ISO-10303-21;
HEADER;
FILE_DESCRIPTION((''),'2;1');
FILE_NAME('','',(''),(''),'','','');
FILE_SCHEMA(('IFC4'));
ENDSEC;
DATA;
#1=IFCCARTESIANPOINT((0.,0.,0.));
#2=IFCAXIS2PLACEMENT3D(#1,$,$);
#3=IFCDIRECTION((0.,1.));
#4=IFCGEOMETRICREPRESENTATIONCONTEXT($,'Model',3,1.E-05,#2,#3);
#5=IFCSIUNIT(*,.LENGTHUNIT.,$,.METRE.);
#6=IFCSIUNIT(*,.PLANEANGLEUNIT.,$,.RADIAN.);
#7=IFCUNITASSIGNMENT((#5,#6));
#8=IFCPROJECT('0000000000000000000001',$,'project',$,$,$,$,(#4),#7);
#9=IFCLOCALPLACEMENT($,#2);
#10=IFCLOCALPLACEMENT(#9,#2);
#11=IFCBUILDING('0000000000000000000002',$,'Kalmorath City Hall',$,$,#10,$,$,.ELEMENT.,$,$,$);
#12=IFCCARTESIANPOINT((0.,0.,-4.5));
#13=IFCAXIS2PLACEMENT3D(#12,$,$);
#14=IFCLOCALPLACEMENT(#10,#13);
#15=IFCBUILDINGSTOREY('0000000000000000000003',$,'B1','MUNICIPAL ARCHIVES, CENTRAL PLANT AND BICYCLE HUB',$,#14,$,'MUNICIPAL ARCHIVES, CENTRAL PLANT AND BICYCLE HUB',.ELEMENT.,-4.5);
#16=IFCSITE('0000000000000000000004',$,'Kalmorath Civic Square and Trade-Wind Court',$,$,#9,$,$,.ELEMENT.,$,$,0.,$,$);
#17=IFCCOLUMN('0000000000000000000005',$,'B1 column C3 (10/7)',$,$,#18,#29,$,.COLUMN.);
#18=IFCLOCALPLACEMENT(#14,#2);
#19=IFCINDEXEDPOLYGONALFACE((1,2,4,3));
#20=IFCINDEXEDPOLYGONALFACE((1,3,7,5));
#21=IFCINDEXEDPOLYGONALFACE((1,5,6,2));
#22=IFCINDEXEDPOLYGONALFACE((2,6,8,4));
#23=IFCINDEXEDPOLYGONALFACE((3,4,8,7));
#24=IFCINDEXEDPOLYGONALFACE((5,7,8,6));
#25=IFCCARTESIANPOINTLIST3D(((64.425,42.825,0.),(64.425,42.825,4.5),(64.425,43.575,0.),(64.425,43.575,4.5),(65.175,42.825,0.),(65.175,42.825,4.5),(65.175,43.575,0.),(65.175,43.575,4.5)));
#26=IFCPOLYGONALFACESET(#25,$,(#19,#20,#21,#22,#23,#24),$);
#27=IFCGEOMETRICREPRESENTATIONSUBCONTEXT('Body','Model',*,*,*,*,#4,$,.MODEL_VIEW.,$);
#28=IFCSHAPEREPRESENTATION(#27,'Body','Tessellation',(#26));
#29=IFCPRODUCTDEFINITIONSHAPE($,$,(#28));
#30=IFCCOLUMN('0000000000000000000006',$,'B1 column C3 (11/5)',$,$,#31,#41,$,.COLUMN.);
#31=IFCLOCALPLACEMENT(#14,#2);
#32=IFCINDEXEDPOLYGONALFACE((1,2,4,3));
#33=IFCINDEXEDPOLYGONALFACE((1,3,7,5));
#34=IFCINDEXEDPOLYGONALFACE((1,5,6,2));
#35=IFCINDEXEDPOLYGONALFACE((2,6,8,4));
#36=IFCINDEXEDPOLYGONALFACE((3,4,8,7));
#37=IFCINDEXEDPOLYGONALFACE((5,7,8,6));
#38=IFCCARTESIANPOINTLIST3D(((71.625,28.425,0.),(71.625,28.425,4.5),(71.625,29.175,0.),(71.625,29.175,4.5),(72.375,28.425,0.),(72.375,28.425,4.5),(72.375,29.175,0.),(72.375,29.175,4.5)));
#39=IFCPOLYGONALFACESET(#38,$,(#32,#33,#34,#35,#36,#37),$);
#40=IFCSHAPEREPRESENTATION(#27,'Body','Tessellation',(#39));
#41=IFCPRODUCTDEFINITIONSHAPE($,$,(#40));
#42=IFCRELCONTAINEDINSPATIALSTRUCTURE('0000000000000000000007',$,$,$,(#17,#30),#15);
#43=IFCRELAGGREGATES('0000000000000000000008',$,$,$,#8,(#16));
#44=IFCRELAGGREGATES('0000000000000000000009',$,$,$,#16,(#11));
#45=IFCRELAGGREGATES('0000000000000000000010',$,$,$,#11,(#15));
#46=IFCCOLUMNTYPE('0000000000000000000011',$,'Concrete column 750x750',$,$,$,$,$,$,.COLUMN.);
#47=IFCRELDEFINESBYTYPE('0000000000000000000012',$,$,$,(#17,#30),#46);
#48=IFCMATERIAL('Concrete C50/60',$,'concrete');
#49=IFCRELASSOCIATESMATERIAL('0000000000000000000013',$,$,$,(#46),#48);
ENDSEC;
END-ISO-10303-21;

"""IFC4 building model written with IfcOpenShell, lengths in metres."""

from ifc_helpers import new_model, si_unit, direction, frame, origin, origin_2d, place, context, subcontext, project, spatial, rectangle, extrude, material, material_profile, profile_set, type_object, element, save


model = new_model("IFC4")

# Units and contexts
model_context = context("Model", 3, precision=1e-05, world=origin(), true_north=direction((0.0, 1.0)))
body_context = subcontext(model_context, "Body", "Model", "MODEL_VIEW")
ifc_project = project(units=[si_unit("LENGTHUNIT", "METRE"), si_unit("PLANEANGLEUNIT", "RADIAN")], contexts=[model_context])

# Site, building, storey
site_placement = place(None, origin())
site = spatial("IfcSite", under=ifc_project, at=site_placement, Name="Kalmorath Civic Square and Trade-Wind Court", CompositionType="ELEMENT", RefElevation=0.0)
building_placement = place(site_placement, origin())
building = spatial("IfcBuilding", under=site, at=building_placement, Name="Kalmorath City Hall", CompositionType="ELEMENT")
storey_placement = place(building_placement, frame((0.0, 0.0, -4.5)))
storey = spatial("IfcBuildingStorey", under=building, at=storey_placement, Name="B1", Description="MUNICIPAL ARCHIVES, CENTRAL PLANT AND BICYCLE HUB", LongName="MUNICIPAL ARCHIVES, CENTRAL PLANT AND BICYCLE HUB", CompositionType="ELEMENT", Elevation=-4.5)

# Columns
ifc_material_1 = material(Name="Concrete C50/60", Category="concrete")
ifc_material_profile_1 = material_profile(ifc_material_1, rectangle(XDim=0.75, YDim=0.75, at=origin_2d()), Name="RC-COL-750X750")
ifc_profile_set_1 = profile_set([ifc_material_profile_1], Name="Concrete C50/60")
column_type = type_object("IfcColumnType", Name="Concrete column 750x750", PredefinedType="COLUMN", material=ifc_profile_set_1)
for number, where, z_axis, x_axis, name in (
    (1, (64.8, 43.2, 0.0), (0.0, 0.0, 1.0), (1.0, 0.0, 0.0), "B1 column C3 (10/7)"),
    (2, (72.0, 28.8, 0.0), (0.0, 0.0, 1.0), (1.0, 0.0, 0.0), "B1 column C3 (11/5)"),
):
    element("IfcColumn", number, at=place(storey_placement, frame(where, z_axis=z_axis, x_axis=x_axis)), inside=storey, type_object=column_type, Name=name, PredefinedType="COLUMN", context=body_context, shape_type="SweptSolid", body=[
        extrude(rectangle(XDim=0.75, YDim=0.75, at=origin_2d()), origin(), (0.0, 0.0, 1.0), 4.5),
    ])

save(model, "model.ifc")
